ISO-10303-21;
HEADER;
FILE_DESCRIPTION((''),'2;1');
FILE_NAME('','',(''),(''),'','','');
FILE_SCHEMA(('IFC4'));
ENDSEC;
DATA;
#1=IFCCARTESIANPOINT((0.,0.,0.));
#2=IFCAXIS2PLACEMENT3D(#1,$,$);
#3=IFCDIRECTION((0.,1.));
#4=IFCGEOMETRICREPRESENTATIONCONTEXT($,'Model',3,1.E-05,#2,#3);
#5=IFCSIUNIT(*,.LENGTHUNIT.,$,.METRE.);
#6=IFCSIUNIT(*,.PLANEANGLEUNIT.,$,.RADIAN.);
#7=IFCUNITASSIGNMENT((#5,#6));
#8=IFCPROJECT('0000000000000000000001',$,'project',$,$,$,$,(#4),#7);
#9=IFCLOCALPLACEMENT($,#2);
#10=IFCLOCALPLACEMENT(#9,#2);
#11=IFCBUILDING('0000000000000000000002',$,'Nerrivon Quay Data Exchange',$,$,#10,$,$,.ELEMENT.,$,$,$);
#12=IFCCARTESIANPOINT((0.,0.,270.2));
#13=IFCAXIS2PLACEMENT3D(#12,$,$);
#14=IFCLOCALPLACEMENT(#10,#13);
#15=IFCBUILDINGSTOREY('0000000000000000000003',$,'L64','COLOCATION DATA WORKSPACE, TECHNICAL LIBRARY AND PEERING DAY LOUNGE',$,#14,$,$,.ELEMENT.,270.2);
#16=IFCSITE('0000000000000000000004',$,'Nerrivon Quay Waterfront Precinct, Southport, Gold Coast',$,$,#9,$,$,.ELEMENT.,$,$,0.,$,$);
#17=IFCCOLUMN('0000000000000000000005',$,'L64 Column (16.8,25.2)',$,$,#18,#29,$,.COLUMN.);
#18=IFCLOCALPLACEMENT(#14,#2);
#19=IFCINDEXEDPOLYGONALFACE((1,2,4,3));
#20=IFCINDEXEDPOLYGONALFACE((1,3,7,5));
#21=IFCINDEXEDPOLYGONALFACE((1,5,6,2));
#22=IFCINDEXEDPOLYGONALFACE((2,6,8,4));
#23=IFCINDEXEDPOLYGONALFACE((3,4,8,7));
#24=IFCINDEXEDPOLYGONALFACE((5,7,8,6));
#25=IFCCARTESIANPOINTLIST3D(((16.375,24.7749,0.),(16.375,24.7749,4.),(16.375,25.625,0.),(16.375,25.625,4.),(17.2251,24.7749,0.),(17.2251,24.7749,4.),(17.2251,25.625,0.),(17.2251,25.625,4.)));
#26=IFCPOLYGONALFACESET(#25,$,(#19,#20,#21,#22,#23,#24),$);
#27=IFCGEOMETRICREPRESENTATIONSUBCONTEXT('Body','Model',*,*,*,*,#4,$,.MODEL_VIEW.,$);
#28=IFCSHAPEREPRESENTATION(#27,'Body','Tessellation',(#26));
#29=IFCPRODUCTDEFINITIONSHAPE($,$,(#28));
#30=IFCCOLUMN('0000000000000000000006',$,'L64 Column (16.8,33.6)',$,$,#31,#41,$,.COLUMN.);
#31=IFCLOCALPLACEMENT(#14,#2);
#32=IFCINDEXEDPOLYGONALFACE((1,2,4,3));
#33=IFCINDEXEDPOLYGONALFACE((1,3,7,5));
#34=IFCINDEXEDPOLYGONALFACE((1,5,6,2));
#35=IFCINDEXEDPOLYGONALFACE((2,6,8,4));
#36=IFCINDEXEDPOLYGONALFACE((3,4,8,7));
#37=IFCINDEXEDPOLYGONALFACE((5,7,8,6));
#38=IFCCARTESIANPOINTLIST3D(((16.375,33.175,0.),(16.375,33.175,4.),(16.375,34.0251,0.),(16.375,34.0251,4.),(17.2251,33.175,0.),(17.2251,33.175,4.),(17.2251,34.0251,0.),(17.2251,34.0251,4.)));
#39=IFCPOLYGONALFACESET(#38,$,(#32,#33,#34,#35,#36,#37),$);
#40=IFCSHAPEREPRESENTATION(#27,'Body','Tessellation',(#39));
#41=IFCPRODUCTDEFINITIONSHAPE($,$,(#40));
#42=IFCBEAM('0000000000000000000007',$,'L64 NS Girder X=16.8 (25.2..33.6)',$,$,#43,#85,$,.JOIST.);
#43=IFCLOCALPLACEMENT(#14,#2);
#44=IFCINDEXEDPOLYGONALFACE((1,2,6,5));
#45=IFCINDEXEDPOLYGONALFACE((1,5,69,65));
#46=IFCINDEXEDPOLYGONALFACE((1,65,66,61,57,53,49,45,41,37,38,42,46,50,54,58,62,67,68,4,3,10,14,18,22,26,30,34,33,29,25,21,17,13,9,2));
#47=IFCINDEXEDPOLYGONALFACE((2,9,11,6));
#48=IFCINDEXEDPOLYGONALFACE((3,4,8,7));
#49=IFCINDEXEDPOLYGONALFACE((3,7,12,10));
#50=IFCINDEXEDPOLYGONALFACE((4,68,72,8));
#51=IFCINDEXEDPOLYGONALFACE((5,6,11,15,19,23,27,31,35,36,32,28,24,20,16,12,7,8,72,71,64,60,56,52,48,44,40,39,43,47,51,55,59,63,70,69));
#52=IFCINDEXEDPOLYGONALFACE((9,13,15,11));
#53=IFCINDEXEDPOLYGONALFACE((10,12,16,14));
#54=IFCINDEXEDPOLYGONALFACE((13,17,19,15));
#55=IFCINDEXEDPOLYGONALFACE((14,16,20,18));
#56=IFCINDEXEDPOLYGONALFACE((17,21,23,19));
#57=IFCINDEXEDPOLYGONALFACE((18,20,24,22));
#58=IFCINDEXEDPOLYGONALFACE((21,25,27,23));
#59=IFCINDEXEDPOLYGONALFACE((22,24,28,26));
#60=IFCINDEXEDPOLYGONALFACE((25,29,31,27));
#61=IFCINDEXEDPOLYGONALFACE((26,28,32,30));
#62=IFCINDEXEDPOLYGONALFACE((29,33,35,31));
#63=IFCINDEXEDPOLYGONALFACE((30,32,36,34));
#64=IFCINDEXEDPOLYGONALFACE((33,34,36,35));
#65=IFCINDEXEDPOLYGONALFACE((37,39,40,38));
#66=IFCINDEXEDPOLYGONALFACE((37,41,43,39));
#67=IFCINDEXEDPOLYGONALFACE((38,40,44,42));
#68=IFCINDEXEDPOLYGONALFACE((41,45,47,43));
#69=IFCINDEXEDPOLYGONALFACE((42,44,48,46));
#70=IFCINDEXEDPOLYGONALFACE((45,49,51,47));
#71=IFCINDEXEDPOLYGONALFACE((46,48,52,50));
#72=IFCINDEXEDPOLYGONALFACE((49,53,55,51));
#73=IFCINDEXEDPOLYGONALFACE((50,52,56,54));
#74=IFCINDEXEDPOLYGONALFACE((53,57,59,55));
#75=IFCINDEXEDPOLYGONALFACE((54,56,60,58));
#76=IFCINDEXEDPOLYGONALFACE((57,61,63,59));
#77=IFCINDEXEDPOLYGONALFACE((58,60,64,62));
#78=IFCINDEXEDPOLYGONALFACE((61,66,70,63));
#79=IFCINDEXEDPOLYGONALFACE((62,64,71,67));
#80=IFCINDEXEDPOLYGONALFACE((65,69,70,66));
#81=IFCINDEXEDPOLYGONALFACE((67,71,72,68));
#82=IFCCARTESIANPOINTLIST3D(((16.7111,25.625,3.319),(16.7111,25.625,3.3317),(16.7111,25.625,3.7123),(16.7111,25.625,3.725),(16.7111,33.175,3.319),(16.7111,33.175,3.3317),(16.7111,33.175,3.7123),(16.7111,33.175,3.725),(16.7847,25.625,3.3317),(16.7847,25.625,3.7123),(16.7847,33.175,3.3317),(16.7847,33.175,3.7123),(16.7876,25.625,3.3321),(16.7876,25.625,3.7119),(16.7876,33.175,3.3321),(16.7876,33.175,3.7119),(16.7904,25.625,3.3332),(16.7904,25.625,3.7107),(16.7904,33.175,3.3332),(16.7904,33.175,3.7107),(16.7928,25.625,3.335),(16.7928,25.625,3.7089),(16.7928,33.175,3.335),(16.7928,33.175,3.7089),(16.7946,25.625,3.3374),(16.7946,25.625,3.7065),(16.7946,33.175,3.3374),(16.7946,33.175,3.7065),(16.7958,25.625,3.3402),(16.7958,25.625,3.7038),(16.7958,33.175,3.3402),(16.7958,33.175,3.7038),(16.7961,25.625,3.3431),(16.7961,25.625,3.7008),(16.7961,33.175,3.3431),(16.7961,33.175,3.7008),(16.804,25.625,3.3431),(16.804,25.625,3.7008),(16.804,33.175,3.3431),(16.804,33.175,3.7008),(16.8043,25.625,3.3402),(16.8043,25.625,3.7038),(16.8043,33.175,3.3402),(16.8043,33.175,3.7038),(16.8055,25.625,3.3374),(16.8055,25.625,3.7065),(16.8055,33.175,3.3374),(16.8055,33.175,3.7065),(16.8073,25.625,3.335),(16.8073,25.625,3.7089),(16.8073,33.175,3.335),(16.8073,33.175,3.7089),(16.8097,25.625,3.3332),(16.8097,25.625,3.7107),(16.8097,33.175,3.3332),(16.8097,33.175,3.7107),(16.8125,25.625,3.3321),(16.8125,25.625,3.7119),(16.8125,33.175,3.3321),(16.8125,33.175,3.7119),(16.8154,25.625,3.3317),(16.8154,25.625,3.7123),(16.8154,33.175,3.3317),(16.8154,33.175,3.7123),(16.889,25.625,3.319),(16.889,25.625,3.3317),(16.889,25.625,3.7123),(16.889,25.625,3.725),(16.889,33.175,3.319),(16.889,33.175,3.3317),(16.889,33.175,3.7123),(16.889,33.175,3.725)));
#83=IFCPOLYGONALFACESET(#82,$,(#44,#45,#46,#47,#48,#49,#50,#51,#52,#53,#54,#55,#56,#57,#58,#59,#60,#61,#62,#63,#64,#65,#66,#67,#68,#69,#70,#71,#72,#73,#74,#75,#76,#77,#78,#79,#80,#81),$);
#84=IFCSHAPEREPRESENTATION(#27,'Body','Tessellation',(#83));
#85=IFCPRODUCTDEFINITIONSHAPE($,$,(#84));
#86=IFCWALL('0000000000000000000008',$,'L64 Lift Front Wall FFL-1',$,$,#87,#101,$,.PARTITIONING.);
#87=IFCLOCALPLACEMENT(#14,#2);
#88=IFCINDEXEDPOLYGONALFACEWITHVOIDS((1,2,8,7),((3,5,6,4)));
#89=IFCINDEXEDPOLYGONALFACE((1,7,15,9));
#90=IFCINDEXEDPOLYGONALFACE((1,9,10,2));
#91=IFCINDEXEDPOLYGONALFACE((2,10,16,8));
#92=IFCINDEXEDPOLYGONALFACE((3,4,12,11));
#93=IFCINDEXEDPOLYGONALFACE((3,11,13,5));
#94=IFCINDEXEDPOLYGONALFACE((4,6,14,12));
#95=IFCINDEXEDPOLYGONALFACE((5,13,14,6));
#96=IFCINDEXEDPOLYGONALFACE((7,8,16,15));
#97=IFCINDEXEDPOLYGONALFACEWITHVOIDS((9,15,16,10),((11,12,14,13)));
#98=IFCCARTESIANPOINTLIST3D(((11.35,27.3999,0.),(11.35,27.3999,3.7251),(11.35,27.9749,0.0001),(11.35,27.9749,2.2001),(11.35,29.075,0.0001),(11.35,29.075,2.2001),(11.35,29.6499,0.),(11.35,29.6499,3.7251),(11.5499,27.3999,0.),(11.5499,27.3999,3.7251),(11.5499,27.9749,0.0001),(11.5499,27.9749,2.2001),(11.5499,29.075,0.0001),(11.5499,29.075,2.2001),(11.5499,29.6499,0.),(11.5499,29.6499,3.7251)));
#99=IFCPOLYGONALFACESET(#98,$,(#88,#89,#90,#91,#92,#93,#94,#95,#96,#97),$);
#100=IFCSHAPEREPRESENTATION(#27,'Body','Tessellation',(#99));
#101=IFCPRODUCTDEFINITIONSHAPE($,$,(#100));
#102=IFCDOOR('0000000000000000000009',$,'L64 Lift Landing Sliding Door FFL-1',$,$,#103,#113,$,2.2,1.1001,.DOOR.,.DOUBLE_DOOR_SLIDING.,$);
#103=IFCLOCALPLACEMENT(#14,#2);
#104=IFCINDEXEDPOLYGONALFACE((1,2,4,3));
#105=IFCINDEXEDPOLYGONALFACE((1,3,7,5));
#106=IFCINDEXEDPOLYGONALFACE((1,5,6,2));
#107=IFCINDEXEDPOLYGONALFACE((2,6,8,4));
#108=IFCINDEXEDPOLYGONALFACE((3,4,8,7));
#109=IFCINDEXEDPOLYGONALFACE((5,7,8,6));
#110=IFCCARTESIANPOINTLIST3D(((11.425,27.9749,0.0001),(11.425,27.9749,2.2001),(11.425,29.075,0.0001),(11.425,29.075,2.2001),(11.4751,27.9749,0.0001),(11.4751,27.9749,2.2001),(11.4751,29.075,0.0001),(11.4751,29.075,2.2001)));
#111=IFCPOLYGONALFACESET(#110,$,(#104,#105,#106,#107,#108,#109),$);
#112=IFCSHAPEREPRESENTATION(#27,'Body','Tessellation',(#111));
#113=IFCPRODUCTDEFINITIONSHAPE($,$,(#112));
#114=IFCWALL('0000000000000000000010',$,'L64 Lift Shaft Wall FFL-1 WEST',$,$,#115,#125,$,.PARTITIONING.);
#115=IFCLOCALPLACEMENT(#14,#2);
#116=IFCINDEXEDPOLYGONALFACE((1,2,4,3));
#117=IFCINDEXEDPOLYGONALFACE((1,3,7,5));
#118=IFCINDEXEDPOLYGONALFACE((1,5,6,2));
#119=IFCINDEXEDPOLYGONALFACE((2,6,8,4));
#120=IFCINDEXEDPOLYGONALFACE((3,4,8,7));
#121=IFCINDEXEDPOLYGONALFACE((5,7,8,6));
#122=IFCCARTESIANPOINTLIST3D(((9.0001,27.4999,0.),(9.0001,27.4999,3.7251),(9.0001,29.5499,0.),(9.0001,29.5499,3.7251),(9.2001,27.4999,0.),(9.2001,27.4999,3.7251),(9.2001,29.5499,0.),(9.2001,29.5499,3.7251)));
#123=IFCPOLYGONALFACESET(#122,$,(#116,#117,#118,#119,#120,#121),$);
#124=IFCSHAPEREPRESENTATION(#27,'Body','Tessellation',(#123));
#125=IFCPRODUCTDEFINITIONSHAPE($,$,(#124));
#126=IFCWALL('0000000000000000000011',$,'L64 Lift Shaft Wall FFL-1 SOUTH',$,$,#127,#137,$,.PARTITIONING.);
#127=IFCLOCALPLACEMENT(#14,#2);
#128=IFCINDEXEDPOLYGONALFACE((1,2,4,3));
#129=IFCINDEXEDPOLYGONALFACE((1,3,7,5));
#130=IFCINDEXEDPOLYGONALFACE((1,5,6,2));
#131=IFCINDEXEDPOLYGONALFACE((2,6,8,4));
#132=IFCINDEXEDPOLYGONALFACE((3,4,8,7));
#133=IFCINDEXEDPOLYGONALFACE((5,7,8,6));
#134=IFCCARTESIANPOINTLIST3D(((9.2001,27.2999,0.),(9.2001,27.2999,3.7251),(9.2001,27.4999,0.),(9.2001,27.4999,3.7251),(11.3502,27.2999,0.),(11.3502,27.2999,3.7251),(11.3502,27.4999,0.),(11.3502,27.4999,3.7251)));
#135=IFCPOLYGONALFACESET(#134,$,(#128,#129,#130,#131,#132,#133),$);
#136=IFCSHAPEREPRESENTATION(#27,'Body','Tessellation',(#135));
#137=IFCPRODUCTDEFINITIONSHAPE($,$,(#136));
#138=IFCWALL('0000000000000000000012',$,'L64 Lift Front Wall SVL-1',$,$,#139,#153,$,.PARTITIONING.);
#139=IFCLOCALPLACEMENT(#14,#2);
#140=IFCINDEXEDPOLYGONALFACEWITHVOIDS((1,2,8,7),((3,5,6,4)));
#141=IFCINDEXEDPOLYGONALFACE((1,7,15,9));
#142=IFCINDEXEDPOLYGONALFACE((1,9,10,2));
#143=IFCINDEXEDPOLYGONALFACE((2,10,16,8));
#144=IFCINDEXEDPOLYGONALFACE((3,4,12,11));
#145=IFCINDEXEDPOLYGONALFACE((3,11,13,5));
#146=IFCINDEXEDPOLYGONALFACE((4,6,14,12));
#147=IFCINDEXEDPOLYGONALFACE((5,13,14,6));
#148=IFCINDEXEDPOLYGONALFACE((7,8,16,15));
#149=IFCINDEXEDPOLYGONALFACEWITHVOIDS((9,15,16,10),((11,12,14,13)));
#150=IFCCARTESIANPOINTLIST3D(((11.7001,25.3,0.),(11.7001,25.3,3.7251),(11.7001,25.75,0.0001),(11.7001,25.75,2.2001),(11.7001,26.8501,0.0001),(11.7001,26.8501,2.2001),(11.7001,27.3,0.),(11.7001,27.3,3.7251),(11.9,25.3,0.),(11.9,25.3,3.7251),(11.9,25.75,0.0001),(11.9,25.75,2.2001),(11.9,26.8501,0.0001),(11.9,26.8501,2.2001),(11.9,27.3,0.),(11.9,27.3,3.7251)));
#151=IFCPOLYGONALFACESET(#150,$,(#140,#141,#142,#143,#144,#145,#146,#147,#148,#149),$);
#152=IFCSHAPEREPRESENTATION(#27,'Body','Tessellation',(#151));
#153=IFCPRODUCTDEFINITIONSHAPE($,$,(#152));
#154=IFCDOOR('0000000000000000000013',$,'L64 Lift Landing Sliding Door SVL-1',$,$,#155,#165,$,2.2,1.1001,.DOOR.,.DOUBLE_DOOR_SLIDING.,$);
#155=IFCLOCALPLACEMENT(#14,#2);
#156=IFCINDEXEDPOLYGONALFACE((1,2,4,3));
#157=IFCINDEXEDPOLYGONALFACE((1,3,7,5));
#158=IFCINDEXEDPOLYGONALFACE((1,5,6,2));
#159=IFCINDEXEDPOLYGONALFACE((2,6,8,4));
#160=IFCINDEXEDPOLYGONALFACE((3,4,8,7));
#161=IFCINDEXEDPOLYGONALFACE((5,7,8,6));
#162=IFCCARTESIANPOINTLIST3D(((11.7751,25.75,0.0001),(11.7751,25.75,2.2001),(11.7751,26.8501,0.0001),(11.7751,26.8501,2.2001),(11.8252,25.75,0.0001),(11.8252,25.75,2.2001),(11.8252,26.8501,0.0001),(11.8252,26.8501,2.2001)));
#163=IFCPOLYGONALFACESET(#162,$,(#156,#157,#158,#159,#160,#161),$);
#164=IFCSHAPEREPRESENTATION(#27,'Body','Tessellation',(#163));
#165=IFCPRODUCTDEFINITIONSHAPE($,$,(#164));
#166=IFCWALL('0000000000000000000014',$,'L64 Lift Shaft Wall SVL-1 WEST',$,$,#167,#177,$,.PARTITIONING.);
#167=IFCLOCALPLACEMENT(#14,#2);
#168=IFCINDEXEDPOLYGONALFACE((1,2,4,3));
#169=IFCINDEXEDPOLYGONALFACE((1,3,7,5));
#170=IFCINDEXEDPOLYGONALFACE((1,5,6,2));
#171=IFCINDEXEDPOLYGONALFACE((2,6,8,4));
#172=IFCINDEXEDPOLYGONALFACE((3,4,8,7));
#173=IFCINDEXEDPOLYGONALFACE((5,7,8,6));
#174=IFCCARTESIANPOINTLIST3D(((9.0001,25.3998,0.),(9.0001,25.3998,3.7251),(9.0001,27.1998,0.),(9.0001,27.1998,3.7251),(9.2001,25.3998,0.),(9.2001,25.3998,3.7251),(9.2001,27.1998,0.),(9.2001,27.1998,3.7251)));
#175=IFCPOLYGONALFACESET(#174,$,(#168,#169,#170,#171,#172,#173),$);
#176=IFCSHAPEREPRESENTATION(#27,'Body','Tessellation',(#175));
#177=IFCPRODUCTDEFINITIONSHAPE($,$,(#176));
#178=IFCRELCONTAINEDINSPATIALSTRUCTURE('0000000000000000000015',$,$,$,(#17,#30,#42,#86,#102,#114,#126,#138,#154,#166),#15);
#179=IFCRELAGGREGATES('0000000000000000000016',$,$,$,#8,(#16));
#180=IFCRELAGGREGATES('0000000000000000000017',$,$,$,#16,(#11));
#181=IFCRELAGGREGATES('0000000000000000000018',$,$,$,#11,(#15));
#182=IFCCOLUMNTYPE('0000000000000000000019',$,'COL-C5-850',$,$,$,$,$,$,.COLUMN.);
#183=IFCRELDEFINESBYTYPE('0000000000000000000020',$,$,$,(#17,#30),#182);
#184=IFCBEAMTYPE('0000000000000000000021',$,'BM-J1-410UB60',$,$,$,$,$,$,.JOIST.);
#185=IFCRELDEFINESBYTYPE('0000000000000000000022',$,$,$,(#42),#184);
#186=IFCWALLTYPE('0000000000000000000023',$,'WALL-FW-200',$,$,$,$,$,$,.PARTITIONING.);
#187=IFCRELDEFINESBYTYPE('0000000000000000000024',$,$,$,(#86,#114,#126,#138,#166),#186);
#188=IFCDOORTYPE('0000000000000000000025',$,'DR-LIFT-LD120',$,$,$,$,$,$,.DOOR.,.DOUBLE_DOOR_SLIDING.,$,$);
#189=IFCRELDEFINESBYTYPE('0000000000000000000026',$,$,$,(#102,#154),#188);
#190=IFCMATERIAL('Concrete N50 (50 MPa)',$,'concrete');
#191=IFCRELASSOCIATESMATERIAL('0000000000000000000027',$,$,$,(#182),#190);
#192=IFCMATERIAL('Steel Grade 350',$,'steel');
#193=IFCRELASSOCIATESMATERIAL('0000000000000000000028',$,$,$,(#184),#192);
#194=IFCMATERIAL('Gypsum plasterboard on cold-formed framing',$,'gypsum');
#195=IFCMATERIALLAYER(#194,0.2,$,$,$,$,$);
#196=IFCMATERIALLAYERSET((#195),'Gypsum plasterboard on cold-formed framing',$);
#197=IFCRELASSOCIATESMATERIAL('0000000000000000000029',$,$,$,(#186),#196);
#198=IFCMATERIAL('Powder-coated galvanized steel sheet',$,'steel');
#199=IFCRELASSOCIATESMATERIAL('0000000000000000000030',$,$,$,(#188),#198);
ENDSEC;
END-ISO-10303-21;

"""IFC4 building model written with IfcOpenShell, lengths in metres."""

from ifc_helpers import new_model, si_unit, direction, frame, frame_2d, origin, origin_2d, place, context, subcontext, project, spatial, rectangle, i_section, extrude, material, layer, layer_set, material_profile, profile_set, type_object, element, fill, save


model = new_model("IFC4")

# Units and contexts
model_context = context("Model", 3, precision=1e-05, world=origin(), true_north=direction((0.0, 1.0)))
body_context = subcontext(model_context, "Body", "Model", "MODEL_VIEW")
ifc_project = project(units=[si_unit("LENGTHUNIT", "METRE"), si_unit("PLANEANGLEUNIT", "RADIAN")], contexts=[model_context])

# Site, building, storey
site_placement = place(None, origin())
site = spatial("IfcSite", under=ifc_project, at=site_placement, Name="Nerrivon Quay Waterfront Precinct, Southport, Gold Coast", CompositionType="ELEMENT", RefElevation=0.0)
building_placement = place(site_placement, origin())
building = spatial("IfcBuilding", under=site, at=building_placement, Name="Nerrivon Quay Data Exchange", CompositionType="ELEMENT")
storey_placement = place(building_placement, frame((0.0, 0.0, 270.2)))
storey = spatial("IfcBuildingStorey", under=building, at=storey_placement, Name="L64", Description="COLOCATION DATA WORKSPACE, TECHNICAL LIBRARY AND PEERING DAY LOUNGE", CompositionType="ELEMENT", Elevation=270.2)

# Columns
ifc_material_1 = material(Name="Concrete N50 (50 MPa)", Category="concrete")
ifc_material_profile_1 = material_profile(ifc_material_1, rectangle(XDim=0.8501, YDim=0.8501, at=origin_2d()), Name="RC-COL-850x850")
ifc_profile_set_1 = profile_set([ifc_material_profile_1], Name="Concrete N50 (50 MPa)")
column_type = type_object("IfcColumnType", Name="COL-C5-850", PredefinedType="COLUMN", material=ifc_profile_set_1)
for number, where, z_axis, x_axis, name in (
    (1, (16.8, 25.2, 0.0), (0.0, 0.0, 1.0), (1.0, 0.0, 0.0), "L64 Column (16.8,25.2)"),
    (2, (16.8, 33.6001, 0.0), (0.0, 0.0, 1.0), (1.0, 0.0, 0.0), "L64 Column (16.8,33.6)"),
):
    element("IfcColumn", number, at=place(storey_placement, frame(where, z_axis=z_axis, x_axis=x_axis)), inside=storey, type_object=column_type, Name=name, PredefinedType="COLUMN", context=body_context, shape_type="SweptSolid", body=[
        extrude(rectangle(XDim=0.8501, YDim=0.8501, at=origin_2d()), origin(), (0.0, 0.0, 1.0), 4.0),
    ])

# Beam
ifc_material_2 = material(Name="Steel Grade 350", Category="steel")
ifc_material_profile_2 = material_profile(ifc_material_2, i_section(OverallWidth=0.178, OverallDepth=0.406, WebThickness=0.0078, FlangeThickness=0.0127, FilletRadius=0.0115, at=origin_2d()), Name="410UB59.7")
ifc_profile_set_2 = profile_set([ifc_material_profile_2], Name="Steel Grade 350")
beam_type = type_object("IfcBeamType", Name="BM-J1-410UB60", PredefinedType="JOIST", material=ifc_profile_set_2)
beam_placement = place(storey_placement, frame((16.8, 25.625, 3.522), z_axis=(0.0, 1.0, 0.0), x_axis=(-1.0, 0.0, 0.0)))
element("IfcBeam", 3, at=beam_placement, inside=storey, type_object=beam_type, Name="L64 NS Girder X=16.8 (25.2..33.6)", PredefinedType="JOIST", context=body_context, shape_type="SweptSolid", body=[
    extrude(i_section(OverallWidth=0.178, OverallDepth=0.406, WebThickness=0.0078, FlangeThickness=0.0127, FilletRadius=0.0115, at=origin_2d()), origin(), (0.0, 0.0, 1.0), 7.55),
])

# Wall, opening, door
ifc_material_3 = material(Name="Gypsum plasterboard on cold-formed framing", Category="gypsum")
ifc_layer_1 = layer(ifc_material_3, 0.2)
ifc_layer_set_1 = layer_set([ifc_layer_1], Name="Gypsum plasterboard on cold-formed framing")
wall_type_1 = type_object("IfcWallType", Name="WALL-FW-200", PredefinedType="PARTITIONING", material=ifc_layer_set_1)
wall_1_placement = place(storey_placement, frame((11.45, 27.3999, 0.0), z_axis=(0.0, 0.0, 1.0), x_axis=(0.0, 1.0, 0.0)))
wall_1 = element("IfcWall", 4, at=wall_1_placement, inside=storey, type_object=wall_type_1, Name="L64 Lift Front Wall FFL-1", PredefinedType="PARTITIONING", context=body_context, shape_type="SweptSolid", body=[
    extrude(rectangle(XDim=2.25, YDim=0.2, at=frame_2d((1.125, 0.0))), origin(), (0.0, 0.0, 1.0), 3.7251),
])
opening_1_placement = place(wall_1_placement, frame((0.575, 0.0, 0.0)))
opening_1 = element("IfcOpeningElement", 5, at=opening_1_placement, cuts=wall_1, PredefinedType="OPENING", context=body_context, shape_type="SweptSolid", body=[
    extrude(rectangle(XDim=1.1001, YDim=2.2, at=frame_2d((0.55, 1.1001))), frame((0.0, 0.1099, 0.0), z_axis=(0.0, -1.0, 0.0), x_axis=(1.0, 0.0, 0.0)), (0.0, 0.0, 1.0), 0.22),
])
ifc_material_4 = material(Name="Powder-coated galvanized steel sheet", Category="steel")
door_type_1 = type_object("IfcDoorType", Name="DR-LIFT-LD120", OperationType="DOUBLE_DOOR_SLIDING", PredefinedType="DOOR", material=ifc_material_4)
door_1_placement = place(opening_1_placement, origin())
door_1 = element("IfcDoor", 6, at=door_1_placement, inside=storey, type_object=door_type_1, Name="L64 Lift Landing Sliding Door FFL-1", OperationType="DOUBLE_DOOR_SLIDING", OverallHeight=2.2, OverallWidth=1.1001, PredefinedType="DOOR", context=body_context, shape_type="SweptSolid", body=[
    extrude(rectangle(XDim=1.1001, YDim=2.2, at=frame_2d((0.55, 1.1001))), frame((0.0, 0.0249, 0.0), z_axis=(0.0, -1.0, 0.0), x_axis=(1.0, 0.0, 0.0)), (0.0, 0.0, 1.0), 0.05),
])
fill(opening_1, door_1)

# Walls
wall_2_placement = place(storey_placement, frame((9.1001, 27.5, 0.0), z_axis=(0.0, 0.0, 1.0), x_axis=(0.0, 1.0, 0.0)))
element("IfcWall", 7, at=wall_2_placement, inside=storey, type_object=wall_type_1, Name="L64 Lift Shaft Wall FFL-1 WEST", PredefinedType="PARTITIONING", context=body_context, shape_type="SweptSolid", body=[
    extrude(rectangle(XDim=2.05, YDim=0.2, at=frame_2d((1.0249, 0.0))), origin(), (0.0, 0.0, 1.0), 3.7251),
])
wall_3_placement = place(storey_placement, frame((9.2, 27.3999, 0.0), z_axis=(0.0, 0.0, 1.0), x_axis=(1.0, 0.0, 0.0)))
element("IfcWall", 8, at=wall_3_placement, inside=storey, type_object=wall_type_1, Name="L64 Lift Shaft Wall FFL-1 SOUTH", PredefinedType="PARTITIONING", context=body_context, shape_type="SweptSolid", body=[
    extrude(rectangle(XDim=2.1501, YDim=0.2, at=frame_2d((1.0752, 0.0))), origin(), (0.0, 0.0, 1.0), 3.7251),
])

# Wall, opening, door
wall_4_placement = place(storey_placement, frame((11.8, 25.3, 0.0), z_axis=(0.0, 0.0, 1.0), x_axis=(0.0, 1.0, 0.0)))
wall_4 = element("IfcWall", 9, at=wall_4_placement, inside=storey, type_object=wall_type_1, Name="L64 Lift Front Wall SVL-1", PredefinedType="PARTITIONING", context=body_context, shape_type="SweptSolid", body=[
    extrude(rectangle(XDim=2.0, YDim=0.2, at=frame_2d((1.0, 0.0))), origin(), (0.0, 0.0, 1.0), 3.7251),
])
opening_2_placement = place(wall_4_placement, frame((0.45, 0.0, 0.0)))
opening_2 = element("IfcOpeningElement", 10, at=opening_2_placement, cuts=wall_4, PredefinedType="OPENING", context=body_context, shape_type="SweptSolid", body=[
    extrude(rectangle(XDim=1.1001, YDim=2.2, at=frame_2d((0.55, 1.1001))), frame((0.0, 0.1099, 0.0), z_axis=(0.0, -1.0, 0.0), x_axis=(1.0, 0.0, 0.0)), (0.0, 0.0, 1.0), 0.22),
])
door_2_placement = place(opening_2_placement, origin())
door_2 = element("IfcDoor", 11, at=door_2_placement, inside=storey, type_object=door_type_1, Name="L64 Lift Landing Sliding Door SVL-1", OperationType="DOUBLE_DOOR_SLIDING", OverallHeight=2.2, OverallWidth=1.1001, PredefinedType="DOOR", context=body_context, shape_type="SweptSolid", body=[
    extrude(rectangle(XDim=1.1001, YDim=2.2, at=frame_2d((0.55, 1.1001))), frame((0.0, 0.0249, 0.0), z_axis=(0.0, -1.0, 0.0), x_axis=(1.0, 0.0, 0.0)), (0.0, 0.0, 1.0), 0.05),
])
fill(opening_2, door_2)

# Wall
wall_5_placement = place(storey_placement, frame((9.1001, 25.3999, 0.0), z_axis=(0.0, 0.0, 1.0), x_axis=(0.0, 1.0, 0.0)))
element("IfcWall", 12, at=wall_5_placement, inside=storey, type_object=wall_type_1, Name="L64 Lift Shaft Wall SVL-1 WEST", PredefinedType="PARTITIONING", context=body_context, shape_type="SweptSolid", body=[
    extrude(rectangle(XDim=1.8, YDim=0.2, at=frame_2d((0.8999, 0.0))), origin(), (0.0, 0.0, 1.0), 3.7251),
])

save(model, "model.ifc")
